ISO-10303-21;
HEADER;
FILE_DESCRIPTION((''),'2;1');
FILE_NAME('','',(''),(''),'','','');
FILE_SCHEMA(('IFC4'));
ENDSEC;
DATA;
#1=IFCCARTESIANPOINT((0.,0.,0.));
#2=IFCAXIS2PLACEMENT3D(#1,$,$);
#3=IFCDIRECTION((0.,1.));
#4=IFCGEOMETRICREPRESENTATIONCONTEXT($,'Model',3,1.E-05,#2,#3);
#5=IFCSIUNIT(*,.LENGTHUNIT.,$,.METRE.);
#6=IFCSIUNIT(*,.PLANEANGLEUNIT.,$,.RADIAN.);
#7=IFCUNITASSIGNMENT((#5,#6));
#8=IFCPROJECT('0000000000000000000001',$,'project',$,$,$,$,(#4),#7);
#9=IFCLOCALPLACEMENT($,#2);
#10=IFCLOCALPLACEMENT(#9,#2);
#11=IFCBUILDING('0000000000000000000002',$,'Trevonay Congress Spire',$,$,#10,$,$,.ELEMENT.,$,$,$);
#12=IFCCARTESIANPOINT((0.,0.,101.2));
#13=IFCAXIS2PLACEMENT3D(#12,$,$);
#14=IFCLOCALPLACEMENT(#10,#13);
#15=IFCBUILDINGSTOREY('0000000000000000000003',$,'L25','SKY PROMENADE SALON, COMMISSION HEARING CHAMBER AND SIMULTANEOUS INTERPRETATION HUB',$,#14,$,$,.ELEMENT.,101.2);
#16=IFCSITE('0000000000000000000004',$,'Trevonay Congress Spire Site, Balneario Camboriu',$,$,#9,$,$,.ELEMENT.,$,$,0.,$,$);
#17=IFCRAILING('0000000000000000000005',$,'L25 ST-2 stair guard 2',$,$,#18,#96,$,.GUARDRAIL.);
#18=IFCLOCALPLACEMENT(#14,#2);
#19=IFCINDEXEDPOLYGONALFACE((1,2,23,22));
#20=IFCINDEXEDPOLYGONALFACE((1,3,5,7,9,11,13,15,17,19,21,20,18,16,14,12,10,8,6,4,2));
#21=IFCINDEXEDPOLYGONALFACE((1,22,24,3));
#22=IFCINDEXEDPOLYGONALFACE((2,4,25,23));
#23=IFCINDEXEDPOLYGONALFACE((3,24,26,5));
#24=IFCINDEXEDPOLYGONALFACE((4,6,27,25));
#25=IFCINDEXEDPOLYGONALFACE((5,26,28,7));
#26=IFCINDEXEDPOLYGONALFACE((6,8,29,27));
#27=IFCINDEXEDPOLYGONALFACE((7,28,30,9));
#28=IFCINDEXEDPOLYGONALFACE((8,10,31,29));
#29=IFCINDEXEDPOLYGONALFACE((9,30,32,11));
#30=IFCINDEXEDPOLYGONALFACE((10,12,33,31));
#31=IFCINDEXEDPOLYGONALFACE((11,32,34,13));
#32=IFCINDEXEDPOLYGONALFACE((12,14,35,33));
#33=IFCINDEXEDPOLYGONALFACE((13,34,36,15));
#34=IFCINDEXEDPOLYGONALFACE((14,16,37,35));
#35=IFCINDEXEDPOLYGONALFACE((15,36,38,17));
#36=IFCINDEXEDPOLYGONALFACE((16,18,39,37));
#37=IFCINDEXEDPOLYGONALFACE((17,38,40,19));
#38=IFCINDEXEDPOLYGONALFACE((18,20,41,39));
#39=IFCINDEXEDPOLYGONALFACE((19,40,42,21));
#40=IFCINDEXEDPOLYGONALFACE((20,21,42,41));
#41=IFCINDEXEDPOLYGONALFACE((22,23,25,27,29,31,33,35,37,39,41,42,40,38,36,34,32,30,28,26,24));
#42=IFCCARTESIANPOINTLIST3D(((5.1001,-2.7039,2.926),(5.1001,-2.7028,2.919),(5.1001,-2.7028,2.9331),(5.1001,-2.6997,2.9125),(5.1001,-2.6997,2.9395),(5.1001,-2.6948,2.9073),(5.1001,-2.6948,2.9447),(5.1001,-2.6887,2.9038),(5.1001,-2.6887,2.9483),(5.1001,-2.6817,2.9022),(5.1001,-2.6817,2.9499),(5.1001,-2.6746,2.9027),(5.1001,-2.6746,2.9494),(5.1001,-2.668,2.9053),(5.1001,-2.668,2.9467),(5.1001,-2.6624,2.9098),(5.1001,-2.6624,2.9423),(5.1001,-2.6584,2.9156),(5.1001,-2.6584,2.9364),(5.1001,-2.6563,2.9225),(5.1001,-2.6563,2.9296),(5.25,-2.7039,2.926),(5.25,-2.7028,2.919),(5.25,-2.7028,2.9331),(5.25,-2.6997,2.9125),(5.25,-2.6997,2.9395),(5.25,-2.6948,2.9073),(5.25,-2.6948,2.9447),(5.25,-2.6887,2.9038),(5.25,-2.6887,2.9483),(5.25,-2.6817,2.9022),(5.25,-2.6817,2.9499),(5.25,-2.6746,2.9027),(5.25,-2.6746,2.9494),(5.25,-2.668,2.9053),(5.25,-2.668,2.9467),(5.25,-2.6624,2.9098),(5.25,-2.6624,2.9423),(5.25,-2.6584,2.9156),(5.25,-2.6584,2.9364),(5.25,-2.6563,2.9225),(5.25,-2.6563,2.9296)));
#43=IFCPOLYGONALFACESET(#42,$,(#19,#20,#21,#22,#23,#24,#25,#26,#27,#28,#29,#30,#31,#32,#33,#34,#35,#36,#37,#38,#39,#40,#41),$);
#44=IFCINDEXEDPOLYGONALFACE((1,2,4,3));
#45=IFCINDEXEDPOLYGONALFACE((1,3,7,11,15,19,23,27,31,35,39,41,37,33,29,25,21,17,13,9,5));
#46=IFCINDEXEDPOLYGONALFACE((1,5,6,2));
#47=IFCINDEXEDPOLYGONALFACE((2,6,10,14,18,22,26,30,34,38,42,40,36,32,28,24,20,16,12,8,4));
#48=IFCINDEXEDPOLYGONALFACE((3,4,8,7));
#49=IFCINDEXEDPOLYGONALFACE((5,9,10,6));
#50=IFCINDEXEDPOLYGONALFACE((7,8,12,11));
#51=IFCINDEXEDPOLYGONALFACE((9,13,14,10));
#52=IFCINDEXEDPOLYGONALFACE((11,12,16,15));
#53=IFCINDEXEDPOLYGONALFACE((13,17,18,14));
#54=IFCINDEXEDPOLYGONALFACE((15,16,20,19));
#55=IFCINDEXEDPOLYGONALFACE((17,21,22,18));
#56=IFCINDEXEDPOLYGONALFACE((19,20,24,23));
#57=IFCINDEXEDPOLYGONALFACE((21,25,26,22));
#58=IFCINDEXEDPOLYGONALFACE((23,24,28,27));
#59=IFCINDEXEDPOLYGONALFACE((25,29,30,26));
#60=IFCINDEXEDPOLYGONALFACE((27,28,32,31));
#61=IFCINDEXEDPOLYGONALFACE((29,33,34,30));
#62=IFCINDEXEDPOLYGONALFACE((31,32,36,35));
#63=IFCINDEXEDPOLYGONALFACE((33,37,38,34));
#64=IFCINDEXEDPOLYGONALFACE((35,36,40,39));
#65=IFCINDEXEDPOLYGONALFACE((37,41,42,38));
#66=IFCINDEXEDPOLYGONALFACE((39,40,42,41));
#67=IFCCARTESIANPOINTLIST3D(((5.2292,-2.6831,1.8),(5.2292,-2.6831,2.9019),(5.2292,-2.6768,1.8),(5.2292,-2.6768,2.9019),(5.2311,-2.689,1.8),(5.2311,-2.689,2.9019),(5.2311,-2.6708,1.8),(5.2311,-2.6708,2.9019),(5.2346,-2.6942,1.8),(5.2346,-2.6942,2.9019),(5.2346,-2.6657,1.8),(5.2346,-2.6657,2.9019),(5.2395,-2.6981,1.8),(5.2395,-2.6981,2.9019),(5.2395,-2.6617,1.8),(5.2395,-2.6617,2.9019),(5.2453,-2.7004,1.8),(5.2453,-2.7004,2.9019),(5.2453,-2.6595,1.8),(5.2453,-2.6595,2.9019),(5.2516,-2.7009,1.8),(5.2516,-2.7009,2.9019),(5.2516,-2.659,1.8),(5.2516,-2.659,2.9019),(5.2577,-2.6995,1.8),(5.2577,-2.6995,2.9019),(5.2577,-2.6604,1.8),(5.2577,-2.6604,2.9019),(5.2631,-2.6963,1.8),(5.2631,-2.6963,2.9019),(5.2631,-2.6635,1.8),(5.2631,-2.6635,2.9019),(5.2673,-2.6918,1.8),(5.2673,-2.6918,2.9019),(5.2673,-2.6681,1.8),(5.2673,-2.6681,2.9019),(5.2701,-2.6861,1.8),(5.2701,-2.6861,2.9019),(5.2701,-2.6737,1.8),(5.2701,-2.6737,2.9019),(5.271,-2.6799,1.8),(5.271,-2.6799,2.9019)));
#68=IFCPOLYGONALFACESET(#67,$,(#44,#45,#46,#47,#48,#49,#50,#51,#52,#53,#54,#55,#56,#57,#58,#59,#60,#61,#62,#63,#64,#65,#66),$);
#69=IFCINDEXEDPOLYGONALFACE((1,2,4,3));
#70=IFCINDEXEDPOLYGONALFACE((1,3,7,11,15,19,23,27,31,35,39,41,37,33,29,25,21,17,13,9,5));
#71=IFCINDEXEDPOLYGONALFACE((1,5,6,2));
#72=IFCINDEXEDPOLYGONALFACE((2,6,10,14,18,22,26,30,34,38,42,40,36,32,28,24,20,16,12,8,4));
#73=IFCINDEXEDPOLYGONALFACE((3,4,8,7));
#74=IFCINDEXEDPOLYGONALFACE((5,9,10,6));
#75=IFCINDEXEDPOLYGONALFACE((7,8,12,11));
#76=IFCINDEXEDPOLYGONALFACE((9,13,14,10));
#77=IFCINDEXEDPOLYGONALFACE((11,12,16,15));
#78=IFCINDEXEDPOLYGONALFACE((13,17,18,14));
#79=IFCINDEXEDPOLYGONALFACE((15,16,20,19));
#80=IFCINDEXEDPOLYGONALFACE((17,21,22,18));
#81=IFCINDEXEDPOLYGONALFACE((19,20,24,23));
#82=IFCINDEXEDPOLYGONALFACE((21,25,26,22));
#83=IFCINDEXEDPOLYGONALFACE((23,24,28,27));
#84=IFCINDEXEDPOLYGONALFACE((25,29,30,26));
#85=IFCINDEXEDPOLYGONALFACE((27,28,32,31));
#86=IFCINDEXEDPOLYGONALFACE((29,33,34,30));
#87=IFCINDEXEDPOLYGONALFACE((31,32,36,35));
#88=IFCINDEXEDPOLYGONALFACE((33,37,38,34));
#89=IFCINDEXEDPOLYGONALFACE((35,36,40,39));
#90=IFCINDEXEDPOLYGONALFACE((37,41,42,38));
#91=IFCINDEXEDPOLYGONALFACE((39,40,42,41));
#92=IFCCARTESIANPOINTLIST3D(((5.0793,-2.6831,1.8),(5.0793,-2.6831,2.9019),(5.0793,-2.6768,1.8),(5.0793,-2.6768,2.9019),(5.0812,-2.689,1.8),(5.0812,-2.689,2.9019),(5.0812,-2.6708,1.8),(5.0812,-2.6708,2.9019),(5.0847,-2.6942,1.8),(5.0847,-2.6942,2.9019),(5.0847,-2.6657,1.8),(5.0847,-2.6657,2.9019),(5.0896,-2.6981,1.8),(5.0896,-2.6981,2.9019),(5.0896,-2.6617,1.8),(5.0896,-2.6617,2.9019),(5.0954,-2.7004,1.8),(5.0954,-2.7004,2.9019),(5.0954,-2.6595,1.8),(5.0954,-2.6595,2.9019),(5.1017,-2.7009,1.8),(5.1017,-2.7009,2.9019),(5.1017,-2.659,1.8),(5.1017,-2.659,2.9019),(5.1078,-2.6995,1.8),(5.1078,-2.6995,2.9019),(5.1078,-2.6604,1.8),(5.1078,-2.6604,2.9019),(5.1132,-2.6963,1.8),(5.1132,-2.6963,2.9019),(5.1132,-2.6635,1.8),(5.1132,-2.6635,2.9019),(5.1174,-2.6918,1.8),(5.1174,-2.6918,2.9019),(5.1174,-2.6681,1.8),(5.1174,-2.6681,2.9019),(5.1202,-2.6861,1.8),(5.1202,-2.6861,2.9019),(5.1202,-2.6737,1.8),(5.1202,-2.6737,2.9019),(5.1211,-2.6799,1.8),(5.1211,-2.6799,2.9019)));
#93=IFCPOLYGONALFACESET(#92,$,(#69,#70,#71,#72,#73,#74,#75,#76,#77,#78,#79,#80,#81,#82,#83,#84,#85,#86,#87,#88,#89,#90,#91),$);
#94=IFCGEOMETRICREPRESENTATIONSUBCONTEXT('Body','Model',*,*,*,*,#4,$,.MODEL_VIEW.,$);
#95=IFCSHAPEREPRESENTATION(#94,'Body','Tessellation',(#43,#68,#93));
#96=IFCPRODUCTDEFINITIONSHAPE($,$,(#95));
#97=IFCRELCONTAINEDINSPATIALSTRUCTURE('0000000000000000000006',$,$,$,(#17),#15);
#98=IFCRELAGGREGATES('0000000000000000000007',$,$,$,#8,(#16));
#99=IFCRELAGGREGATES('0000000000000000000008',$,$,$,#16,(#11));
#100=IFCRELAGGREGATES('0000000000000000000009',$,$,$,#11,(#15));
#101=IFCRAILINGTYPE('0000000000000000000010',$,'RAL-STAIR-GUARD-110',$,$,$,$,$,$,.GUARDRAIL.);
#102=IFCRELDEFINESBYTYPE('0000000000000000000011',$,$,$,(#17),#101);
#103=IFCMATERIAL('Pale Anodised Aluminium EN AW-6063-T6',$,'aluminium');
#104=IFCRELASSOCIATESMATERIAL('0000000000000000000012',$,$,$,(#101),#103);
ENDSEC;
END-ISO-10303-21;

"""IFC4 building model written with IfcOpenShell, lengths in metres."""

from ifc_helpers import new_model, si_unit, direction, frame, origin, origin_2d, place, context, subcontext, project, spatial, circle, extrude, material, type_object, element, save


model = new_model("IFC4")

# Units and contexts
model_context = context("Model", 3, precision=1e-05, world=origin(), true_north=direction((0.0, 1.0)))
body_context = subcontext(model_context, "Body", "Model", "MODEL_VIEW")
ifc_project = project(units=[si_unit("LENGTHUNIT", "METRE"), si_unit("PLANEANGLEUNIT", "RADIAN")], contexts=[model_context])

# Site, building, storey
site_placement = place(None, origin())
site = spatial("IfcSite", under=ifc_project, at=site_placement, Name="Trevonay Congress Spire Site, Balneario Camboriu", CompositionType="ELEMENT", RefElevation=0.0)
building_placement = place(site_placement, origin())
building = spatial("IfcBuilding", under=site, at=building_placement, Name="Trevonay Congress Spire", CompositionType="ELEMENT")
storey_placement = place(building_placement, frame((0.0, 0.0, 101.2)))
storey = spatial("IfcBuildingStorey", under=building, at=storey_placement, Name="L25", Description="SKY PROMENADE SALON, COMMISSION HEARING CHAMBER AND SIMULTANEOUS INTERPRETATION HUB", CompositionType="ELEMENT", Elevation=101.2)

# Shared definitions
ifc_material_1 = material(Name="Pale Anodised Aluminium EN AW-6063-T6", Category="aluminium")

# Railing
railing_type_1 = type_object("IfcRailingType", Name="RAL-STAIR-GUARD-110", PredefinedType="GUARDRAIL", material=ifc_material_1)
railing_1_placement = place(storey_placement, frame((5.25, -2.6799, 1.8)))
element("IfcRailing", 1, at=railing_1_placement, inside=storey, type_object=railing_type_1, Name="L25 ST-2 stair guard 2", PredefinedType="GUARDRAIL", context=body_context, shape_type="SweptSolid", body=[
    extrude(circle(Radius=0.0239, at=origin_2d()), frame((0.0, 0.0, 1.126), z_axis=(-1.0, 0.0, 0.0), x_axis=(0.0, -1.0, 0.0)), (0.0, 0.0, 1.0), 0.1499),
    extrude(circle(Radius=0.021, at=origin_2d()), origin(), (0.0, 0.0, 1.0), 1.1018),
    extrude(circle(Radius=0.021, at=origin_2d()), frame((-0.1499, 0.0, 0.0)), (0.0, 0.0, 1.0), 1.1018),
])

save(model, "model.ifc")
